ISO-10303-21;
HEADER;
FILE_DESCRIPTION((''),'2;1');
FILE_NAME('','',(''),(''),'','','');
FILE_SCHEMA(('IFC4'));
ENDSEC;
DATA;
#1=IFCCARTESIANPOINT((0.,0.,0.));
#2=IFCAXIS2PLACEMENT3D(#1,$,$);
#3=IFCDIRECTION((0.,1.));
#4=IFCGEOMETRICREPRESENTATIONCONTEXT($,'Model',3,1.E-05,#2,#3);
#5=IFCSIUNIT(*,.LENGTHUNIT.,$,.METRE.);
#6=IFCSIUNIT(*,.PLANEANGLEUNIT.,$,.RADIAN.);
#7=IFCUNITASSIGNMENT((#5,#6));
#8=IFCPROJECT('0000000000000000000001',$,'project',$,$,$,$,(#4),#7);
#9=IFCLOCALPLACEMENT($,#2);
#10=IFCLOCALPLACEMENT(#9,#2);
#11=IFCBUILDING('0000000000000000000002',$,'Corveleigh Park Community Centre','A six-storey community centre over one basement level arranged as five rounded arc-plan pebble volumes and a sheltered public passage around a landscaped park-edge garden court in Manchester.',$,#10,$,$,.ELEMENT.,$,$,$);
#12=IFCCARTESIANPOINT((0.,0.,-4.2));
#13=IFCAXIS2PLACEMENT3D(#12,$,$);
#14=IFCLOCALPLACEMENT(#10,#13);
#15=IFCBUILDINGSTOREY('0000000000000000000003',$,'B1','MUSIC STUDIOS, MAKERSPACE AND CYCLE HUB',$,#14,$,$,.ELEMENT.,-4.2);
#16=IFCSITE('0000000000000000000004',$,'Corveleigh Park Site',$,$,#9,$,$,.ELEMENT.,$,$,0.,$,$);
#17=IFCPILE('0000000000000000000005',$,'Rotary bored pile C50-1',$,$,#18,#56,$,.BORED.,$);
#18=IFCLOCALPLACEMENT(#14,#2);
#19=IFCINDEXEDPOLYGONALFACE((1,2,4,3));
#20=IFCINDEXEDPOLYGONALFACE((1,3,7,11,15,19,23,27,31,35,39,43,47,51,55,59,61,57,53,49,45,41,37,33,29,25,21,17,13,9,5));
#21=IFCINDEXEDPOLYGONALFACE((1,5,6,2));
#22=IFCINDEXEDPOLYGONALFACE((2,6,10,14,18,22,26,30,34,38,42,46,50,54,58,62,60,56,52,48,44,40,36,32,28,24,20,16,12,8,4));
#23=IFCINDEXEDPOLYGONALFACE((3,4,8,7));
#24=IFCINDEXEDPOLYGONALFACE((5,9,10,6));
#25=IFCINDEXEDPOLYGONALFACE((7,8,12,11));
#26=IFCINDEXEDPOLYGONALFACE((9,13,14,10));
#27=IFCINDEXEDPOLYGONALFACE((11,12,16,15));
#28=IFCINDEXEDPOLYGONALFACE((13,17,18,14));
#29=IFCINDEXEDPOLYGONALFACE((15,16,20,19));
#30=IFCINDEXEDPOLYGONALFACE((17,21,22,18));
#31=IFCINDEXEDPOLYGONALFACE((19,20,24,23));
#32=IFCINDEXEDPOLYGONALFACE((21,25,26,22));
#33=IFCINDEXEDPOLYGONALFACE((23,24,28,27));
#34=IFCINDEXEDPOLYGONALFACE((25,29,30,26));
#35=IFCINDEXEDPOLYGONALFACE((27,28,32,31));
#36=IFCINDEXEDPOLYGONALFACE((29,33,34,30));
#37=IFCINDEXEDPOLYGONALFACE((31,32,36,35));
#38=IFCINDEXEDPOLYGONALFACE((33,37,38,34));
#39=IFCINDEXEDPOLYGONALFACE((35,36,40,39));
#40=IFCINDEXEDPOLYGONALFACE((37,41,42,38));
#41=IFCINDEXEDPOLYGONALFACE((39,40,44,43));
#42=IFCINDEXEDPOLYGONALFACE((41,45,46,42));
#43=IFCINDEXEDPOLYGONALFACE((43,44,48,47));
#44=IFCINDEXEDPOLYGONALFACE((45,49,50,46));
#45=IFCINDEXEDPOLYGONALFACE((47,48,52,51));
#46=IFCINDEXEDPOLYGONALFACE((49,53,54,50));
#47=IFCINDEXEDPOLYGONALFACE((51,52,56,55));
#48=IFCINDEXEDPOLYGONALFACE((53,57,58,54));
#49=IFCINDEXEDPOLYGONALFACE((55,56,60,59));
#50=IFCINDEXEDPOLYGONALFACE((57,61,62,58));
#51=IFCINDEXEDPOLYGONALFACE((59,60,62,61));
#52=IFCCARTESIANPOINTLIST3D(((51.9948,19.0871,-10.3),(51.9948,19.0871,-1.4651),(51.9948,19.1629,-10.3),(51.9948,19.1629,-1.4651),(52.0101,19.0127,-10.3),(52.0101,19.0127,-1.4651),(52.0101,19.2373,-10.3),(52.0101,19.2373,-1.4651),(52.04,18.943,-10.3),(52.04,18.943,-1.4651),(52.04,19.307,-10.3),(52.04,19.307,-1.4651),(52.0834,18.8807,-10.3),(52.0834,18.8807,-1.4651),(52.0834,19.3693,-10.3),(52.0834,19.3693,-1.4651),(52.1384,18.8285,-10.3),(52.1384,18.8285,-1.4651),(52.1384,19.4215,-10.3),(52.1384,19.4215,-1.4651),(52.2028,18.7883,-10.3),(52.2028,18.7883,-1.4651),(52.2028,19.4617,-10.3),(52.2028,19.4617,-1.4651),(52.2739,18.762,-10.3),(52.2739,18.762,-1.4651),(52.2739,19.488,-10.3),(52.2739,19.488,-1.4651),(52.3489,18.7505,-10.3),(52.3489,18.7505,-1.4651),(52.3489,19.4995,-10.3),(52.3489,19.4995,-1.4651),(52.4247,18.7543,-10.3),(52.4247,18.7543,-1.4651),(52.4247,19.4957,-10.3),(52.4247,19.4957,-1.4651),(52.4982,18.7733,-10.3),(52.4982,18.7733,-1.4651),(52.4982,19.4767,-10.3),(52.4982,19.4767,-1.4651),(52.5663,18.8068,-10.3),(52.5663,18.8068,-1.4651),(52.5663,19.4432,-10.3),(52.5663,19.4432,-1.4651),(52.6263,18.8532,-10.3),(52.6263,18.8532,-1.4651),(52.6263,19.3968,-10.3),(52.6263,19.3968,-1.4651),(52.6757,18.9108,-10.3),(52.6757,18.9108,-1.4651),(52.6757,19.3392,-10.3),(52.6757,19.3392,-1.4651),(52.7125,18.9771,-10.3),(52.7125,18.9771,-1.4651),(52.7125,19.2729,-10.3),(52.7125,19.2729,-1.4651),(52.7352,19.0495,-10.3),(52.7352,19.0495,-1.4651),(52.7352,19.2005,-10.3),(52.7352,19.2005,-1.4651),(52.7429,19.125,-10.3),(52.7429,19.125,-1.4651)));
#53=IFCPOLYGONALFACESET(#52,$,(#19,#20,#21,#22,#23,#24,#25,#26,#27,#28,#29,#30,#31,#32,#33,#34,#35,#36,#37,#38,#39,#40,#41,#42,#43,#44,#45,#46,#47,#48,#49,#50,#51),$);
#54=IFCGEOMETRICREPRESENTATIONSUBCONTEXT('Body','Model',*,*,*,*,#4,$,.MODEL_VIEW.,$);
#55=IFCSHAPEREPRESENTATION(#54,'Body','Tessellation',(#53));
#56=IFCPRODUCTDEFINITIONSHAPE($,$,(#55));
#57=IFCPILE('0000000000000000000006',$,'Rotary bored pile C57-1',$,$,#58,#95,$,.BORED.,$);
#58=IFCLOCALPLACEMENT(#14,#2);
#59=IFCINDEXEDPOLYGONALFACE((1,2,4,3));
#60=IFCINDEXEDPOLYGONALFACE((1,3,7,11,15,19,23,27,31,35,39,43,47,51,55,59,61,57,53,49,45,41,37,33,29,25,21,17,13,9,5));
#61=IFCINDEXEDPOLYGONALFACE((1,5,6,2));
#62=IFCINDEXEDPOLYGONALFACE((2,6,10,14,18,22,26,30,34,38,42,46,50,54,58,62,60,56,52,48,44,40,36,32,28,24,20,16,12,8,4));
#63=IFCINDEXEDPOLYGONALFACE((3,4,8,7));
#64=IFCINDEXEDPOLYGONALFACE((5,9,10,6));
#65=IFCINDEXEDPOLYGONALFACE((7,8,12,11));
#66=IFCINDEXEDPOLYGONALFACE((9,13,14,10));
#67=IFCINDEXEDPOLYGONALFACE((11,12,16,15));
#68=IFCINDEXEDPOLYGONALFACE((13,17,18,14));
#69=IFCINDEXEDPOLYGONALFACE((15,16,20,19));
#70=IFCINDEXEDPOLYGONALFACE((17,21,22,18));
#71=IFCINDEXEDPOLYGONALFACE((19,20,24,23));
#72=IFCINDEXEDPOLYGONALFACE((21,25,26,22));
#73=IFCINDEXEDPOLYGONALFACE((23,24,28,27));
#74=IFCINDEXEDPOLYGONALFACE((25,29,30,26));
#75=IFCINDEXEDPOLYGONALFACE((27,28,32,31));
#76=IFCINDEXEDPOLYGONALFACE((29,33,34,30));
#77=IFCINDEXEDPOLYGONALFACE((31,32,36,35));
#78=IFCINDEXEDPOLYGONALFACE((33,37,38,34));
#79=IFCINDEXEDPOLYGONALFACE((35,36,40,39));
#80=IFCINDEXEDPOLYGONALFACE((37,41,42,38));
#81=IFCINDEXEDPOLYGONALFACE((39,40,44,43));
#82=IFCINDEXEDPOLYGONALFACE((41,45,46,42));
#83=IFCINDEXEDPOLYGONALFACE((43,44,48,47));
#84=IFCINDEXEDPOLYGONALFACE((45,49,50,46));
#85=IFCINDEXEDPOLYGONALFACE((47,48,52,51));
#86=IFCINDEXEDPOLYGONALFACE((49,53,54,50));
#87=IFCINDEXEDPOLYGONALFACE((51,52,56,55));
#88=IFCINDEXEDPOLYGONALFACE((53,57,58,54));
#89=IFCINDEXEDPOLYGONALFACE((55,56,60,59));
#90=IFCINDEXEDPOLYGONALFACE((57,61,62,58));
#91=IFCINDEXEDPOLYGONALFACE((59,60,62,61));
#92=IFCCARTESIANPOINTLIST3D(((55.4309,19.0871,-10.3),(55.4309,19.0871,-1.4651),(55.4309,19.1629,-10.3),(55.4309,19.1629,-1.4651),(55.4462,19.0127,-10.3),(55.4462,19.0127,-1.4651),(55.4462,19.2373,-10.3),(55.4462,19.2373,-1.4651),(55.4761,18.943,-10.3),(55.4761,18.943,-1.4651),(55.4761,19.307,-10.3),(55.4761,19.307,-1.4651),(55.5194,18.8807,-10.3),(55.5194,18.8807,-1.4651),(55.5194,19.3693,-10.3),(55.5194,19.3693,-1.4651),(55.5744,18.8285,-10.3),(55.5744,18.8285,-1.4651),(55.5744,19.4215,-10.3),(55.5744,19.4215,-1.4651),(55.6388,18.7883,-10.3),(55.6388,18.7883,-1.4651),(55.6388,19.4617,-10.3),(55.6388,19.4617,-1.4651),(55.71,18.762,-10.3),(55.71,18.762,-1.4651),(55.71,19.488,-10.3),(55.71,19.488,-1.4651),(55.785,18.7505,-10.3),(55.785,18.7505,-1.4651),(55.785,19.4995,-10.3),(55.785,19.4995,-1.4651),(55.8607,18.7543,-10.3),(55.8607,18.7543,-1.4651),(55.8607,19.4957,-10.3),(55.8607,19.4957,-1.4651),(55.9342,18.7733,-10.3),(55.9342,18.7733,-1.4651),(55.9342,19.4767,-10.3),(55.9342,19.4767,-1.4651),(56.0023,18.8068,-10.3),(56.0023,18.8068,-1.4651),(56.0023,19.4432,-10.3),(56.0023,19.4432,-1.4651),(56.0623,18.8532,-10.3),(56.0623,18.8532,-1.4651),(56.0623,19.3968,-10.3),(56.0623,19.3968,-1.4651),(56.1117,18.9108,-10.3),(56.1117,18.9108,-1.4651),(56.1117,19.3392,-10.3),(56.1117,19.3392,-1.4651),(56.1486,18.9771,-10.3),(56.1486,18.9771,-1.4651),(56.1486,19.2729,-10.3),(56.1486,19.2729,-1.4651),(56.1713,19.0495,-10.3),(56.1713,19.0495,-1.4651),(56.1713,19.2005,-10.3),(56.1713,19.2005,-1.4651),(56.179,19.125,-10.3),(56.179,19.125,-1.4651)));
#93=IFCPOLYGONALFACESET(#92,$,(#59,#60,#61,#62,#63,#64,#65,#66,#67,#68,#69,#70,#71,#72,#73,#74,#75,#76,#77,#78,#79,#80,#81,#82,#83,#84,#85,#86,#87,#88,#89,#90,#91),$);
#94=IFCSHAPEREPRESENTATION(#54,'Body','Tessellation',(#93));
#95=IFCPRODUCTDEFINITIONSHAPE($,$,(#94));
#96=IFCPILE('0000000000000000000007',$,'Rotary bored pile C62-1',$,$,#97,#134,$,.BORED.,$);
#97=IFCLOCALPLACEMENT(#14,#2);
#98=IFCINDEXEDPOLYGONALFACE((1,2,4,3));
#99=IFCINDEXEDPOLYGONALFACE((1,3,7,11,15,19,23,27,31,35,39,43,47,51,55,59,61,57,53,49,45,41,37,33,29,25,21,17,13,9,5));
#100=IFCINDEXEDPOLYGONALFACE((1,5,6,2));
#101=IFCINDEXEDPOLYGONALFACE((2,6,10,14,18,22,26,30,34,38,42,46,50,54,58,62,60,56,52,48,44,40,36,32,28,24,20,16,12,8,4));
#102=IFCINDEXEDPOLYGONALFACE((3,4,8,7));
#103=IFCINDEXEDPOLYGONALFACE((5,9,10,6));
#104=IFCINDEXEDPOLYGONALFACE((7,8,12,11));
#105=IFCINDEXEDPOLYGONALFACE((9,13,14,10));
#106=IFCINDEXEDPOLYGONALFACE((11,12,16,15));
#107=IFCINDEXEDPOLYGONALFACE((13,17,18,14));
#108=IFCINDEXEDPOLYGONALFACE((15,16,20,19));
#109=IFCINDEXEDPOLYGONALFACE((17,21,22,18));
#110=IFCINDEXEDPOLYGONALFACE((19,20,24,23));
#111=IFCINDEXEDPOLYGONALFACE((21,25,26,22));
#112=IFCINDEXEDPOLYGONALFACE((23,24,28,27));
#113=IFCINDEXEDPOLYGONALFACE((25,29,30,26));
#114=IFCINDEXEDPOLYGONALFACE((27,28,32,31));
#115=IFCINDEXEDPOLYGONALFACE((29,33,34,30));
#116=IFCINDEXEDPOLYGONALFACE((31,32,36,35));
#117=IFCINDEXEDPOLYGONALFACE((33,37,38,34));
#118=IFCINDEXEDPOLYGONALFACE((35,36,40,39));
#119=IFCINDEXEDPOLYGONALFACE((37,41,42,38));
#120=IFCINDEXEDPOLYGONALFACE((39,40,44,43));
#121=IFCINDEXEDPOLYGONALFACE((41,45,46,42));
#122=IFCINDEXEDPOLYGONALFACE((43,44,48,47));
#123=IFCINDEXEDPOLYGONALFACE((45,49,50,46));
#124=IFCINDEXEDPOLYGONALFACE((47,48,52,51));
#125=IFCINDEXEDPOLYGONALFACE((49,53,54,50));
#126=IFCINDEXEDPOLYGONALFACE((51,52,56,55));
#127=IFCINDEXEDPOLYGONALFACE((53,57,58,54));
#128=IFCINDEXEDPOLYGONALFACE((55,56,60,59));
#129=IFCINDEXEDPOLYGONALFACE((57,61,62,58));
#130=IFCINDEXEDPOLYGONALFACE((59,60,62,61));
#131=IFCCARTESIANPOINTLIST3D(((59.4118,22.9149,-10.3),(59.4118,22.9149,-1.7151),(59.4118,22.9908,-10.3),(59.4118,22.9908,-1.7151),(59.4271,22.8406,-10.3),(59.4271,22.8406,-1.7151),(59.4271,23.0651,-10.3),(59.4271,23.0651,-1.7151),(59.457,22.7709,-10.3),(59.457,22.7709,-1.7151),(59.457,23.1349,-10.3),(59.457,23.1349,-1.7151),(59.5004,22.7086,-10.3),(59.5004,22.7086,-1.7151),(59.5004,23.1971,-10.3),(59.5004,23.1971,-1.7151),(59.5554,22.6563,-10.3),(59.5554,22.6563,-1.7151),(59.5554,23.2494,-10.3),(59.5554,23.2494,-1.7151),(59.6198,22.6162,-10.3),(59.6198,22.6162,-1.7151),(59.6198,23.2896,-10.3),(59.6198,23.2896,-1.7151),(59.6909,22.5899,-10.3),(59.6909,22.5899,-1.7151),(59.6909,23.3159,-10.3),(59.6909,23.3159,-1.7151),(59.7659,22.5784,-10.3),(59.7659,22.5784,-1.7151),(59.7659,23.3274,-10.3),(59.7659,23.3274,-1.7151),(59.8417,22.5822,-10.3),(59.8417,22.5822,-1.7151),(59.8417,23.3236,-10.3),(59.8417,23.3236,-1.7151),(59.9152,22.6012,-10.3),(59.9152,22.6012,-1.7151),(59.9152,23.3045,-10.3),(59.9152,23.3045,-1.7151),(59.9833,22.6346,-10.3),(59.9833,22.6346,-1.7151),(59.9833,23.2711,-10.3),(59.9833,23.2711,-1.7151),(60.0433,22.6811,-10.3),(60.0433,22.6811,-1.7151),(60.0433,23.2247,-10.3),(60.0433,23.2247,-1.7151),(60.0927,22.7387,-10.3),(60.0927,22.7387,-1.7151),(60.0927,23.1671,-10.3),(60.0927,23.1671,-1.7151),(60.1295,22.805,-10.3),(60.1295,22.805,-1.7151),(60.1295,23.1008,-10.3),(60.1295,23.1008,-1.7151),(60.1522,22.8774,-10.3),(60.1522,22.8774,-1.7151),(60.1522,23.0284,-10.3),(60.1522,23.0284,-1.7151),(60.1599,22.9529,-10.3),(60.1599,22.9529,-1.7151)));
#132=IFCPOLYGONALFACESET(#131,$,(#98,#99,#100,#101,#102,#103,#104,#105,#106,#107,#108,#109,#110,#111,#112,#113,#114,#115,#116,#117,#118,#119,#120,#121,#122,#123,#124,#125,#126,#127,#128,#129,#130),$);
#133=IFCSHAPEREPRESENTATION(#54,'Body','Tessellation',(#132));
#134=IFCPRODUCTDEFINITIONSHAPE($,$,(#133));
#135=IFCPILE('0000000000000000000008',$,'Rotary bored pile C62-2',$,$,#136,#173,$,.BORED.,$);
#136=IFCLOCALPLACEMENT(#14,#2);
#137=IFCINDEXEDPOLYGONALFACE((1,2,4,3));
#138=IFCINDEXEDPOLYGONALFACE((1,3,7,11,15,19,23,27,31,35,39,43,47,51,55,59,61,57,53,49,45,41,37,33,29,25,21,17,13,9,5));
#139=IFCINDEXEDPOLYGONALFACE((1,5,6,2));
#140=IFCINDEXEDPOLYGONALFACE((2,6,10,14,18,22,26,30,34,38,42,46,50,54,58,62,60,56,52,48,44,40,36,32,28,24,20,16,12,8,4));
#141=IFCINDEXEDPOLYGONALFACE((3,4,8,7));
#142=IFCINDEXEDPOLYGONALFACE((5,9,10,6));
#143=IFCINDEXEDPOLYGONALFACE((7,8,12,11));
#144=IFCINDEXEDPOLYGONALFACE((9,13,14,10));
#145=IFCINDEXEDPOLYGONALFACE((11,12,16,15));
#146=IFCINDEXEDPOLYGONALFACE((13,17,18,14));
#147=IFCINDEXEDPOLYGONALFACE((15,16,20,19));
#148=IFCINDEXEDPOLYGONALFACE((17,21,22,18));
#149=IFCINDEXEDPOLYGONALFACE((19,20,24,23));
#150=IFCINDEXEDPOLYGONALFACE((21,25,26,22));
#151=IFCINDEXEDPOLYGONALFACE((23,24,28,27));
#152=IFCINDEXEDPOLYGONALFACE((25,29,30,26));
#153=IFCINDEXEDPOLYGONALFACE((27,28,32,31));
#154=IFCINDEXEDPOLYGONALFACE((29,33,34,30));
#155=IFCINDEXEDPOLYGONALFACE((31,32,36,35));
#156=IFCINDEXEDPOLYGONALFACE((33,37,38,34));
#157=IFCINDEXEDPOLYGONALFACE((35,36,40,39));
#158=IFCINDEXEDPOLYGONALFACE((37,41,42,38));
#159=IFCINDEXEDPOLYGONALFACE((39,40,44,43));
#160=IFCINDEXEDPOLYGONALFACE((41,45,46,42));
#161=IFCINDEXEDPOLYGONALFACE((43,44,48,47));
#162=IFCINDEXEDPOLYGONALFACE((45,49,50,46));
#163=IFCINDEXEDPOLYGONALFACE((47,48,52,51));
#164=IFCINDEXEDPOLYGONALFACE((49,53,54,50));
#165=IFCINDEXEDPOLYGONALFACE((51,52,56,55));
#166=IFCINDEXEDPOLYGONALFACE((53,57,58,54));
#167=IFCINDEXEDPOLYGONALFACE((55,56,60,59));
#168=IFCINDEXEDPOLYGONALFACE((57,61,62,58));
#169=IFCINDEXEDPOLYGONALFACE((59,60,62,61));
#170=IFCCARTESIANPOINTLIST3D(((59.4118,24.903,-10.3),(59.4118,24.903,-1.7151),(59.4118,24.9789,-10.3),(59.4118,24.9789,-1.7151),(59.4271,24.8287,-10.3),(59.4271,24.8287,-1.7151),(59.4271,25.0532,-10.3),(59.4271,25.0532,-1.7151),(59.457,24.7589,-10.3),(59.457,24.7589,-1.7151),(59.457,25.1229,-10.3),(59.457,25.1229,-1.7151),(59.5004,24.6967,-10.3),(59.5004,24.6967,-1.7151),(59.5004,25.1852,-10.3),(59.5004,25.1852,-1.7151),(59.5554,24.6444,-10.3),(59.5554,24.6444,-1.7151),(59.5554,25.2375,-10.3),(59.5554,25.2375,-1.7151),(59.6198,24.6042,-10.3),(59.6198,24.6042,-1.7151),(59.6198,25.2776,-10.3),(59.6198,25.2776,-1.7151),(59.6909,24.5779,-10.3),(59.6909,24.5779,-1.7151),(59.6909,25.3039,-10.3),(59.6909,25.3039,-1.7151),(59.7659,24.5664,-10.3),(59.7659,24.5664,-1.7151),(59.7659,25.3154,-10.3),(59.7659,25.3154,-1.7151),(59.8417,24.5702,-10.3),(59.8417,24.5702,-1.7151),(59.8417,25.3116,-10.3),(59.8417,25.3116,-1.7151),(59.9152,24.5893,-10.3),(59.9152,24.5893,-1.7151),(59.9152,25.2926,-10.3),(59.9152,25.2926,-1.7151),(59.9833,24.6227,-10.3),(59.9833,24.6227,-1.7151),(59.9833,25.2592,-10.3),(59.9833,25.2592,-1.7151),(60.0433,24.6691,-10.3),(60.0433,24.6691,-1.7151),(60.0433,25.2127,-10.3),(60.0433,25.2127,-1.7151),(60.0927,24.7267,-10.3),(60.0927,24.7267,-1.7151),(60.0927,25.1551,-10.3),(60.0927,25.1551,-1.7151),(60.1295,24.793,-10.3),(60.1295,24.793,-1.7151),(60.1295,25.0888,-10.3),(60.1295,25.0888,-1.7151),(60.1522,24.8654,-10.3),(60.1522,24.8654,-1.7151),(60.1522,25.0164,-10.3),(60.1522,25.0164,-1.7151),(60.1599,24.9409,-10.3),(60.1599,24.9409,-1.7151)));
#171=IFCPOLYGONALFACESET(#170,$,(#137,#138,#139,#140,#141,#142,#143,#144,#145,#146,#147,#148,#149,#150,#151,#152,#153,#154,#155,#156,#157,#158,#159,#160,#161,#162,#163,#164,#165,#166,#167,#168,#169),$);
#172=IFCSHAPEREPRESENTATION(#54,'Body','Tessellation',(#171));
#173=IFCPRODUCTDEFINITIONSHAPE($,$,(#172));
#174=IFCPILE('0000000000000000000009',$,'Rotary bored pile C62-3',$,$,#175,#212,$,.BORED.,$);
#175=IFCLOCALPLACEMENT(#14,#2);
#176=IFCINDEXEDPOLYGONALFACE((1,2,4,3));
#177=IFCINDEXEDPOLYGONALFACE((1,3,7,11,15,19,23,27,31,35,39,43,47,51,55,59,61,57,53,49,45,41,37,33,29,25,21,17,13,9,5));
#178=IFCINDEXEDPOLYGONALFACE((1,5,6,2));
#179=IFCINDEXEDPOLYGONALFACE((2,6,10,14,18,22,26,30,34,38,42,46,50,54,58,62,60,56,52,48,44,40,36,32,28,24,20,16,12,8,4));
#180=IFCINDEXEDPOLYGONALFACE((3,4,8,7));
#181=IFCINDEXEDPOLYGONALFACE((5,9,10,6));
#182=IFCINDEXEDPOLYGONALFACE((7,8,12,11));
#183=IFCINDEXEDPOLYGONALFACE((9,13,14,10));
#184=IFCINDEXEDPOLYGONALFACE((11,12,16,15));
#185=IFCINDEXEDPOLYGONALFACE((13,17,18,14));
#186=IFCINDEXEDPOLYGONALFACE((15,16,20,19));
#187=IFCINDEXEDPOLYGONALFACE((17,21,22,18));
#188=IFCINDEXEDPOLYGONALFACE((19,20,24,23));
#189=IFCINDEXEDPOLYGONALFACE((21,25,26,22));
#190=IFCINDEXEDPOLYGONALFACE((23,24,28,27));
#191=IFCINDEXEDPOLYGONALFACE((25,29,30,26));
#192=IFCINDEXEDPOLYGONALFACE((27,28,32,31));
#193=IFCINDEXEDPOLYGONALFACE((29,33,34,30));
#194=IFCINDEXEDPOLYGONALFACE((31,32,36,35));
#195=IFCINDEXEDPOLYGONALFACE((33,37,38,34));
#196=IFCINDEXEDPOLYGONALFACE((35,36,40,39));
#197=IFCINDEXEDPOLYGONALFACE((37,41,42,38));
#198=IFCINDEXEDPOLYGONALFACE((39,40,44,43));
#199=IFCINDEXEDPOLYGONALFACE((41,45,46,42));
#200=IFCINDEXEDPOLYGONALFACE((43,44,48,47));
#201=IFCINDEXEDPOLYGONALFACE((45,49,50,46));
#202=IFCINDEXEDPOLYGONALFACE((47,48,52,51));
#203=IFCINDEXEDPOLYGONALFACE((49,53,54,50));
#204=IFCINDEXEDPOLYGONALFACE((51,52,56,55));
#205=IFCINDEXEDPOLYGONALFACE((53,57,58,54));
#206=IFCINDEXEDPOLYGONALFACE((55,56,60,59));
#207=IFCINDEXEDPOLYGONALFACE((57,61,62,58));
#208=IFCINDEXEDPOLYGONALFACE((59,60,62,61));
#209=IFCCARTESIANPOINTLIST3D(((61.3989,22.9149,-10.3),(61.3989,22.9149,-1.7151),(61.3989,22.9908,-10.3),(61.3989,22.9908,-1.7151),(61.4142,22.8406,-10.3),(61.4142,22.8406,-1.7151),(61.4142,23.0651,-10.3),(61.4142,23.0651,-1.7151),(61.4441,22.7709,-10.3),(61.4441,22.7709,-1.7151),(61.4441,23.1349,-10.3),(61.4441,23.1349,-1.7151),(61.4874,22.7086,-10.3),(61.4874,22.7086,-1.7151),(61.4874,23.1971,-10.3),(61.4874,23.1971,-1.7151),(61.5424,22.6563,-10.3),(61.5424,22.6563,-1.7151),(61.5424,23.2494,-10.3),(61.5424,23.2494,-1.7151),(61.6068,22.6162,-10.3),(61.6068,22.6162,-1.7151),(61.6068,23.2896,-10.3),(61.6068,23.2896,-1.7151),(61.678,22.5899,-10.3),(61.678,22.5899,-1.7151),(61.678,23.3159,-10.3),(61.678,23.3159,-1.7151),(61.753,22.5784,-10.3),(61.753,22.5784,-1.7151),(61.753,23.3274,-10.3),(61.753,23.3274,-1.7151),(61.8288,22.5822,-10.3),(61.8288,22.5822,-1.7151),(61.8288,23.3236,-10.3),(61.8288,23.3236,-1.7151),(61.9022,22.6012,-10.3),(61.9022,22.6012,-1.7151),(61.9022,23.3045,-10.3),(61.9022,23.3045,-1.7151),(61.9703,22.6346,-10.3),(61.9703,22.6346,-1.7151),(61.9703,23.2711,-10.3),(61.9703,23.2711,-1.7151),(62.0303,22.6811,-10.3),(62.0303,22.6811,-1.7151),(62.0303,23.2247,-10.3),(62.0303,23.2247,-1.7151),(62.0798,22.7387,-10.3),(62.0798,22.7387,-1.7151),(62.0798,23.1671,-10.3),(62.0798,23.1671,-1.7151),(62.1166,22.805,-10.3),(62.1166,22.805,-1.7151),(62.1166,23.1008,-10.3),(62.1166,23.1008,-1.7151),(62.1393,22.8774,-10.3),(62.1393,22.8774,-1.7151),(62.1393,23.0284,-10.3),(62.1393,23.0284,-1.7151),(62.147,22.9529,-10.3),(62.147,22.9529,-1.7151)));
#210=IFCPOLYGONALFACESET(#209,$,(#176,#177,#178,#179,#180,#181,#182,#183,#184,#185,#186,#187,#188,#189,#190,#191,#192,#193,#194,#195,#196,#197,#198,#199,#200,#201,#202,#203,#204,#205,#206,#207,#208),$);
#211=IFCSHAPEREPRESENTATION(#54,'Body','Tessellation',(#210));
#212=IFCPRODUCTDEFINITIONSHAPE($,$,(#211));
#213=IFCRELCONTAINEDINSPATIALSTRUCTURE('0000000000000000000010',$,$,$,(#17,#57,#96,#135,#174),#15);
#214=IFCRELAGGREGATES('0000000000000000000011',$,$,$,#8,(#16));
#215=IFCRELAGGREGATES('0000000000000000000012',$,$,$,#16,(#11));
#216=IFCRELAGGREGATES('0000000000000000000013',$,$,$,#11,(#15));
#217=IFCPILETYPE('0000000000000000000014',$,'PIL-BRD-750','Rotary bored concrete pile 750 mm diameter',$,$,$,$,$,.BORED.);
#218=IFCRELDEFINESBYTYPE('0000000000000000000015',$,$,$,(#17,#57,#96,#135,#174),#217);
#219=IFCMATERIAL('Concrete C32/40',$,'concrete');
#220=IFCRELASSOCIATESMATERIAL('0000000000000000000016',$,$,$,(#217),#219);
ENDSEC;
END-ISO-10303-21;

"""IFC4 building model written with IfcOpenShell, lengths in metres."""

from ifc_helpers import new_model, si_unit, direction, frame, origin, origin_2d, place, context, subcontext, project, spatial, circle, extrude, material, material_profile, profile_set, type_object, element, save


model = new_model("IFC4")

# Units and contexts
model_context = context("Model", 3, precision=1e-05, world=origin(), true_north=direction((0.0, 1.0)))
body_context = subcontext(model_context, "Body", "Model", "MODEL_VIEW")
ifc_project = project(units=[si_unit("LENGTHUNIT", "METRE"), si_unit("PLANEANGLEUNIT", "RADIAN")], contexts=[model_context])

# Site, building, storey
site_placement = place(None, origin())
site = spatial("IfcSite", under=ifc_project, at=site_placement, Name="Corveleigh Park Site", CompositionType="ELEMENT", RefElevation=0.0)
building_placement = place(site_placement, origin())
building = spatial("IfcBuilding", under=site, at=building_placement, Name="Corveleigh Park Community Centre", Description="A six-storey community centre over one basement level arranged as five rounded arc-plan pebble volumes and a sheltered public passage around a landscaped park-edge garden court in Manchester.", CompositionType="ELEMENT")
storey_placement = place(building_placement, frame((0.0, 0.0, -4.2)))
storey = spatial("IfcBuildingStorey", under=building, at=storey_placement, Name="B1", Description="MUSIC STUDIOS, MAKERSPACE AND CYCLE HUB", CompositionType="ELEMENT", Elevation=-4.2)

# Piles
ifc_material_1 = material(Name="Concrete C32/40", Category="concrete")
ifc_material_profile_1 = material_profile(ifc_material_1, circle(Radius=0.375, at=origin_2d()), Name="BORED-PILE-750", Category="concrete")
ifc_profile_set_1 = profile_set([ifc_material_profile_1], Name="Concrete C32/40")
pile_type_1 = type_object("IfcPileType", Name="PIL-BRD-750", Description="Rotary bored concrete pile 750 mm diameter", PredefinedType="BORED", material=ifc_profile_set_1)
for number, where, z_axis, x_axis, name in (
    (1, (52.3679, 19.125, -1.4651), (0.0, 0.0, -1.0), (1.0, 0.0, 0.0), "Rotary bored pile C50-1"),
    (2, (55.804, 19.125, -1.4651), (0.0, 0.0, -1.0), (1.0, 0.0, 0.0), "Rotary bored pile C57-1"),
):
    element("IfcPile", number, at=place(storey_placement, frame(where, z_axis=z_axis, x_axis=x_axis)), inside=storey, type_object=pile_type_1, Name=name, PredefinedType="BORED", context=body_context, shape_type="SweptSolid", body=[
        extrude(circle(Radius=0.375, at=origin_2d()), origin(), (0.0, 0.0, 1.0), 8.835),
    ])
for number, where, z_axis, x_axis, name in (
    (3, (59.7849, 22.9529, -1.7151), (0.0, 0.0, -1.0), (1.0, 0.0, 0.0), "Rotary bored pile C62-1"),
    (4, (59.7849, 24.9409, -1.7151), (0.0, 0.0, -1.0), (1.0, 0.0, 0.0), "Rotary bored pile C62-2"),
    (5, (61.772, 22.9529, -1.7151), (0.0, 0.0, -1.0), (1.0, 0.0, 0.0), "Rotary bored pile C62-3"),
):
    element("IfcPile", number, at=place(storey_placement, frame(where, z_axis=z_axis, x_axis=x_axis)), inside=storey, type_object=pile_type_1, Name=name, PredefinedType="BORED", context=body_context, shape_type="SweptSolid", body=[
        extrude(circle(Radius=0.375, at=origin_2d()), origin(), (0.0, 0.0, 1.0), 8.585),
    ])

save(model, "model.ifc")
